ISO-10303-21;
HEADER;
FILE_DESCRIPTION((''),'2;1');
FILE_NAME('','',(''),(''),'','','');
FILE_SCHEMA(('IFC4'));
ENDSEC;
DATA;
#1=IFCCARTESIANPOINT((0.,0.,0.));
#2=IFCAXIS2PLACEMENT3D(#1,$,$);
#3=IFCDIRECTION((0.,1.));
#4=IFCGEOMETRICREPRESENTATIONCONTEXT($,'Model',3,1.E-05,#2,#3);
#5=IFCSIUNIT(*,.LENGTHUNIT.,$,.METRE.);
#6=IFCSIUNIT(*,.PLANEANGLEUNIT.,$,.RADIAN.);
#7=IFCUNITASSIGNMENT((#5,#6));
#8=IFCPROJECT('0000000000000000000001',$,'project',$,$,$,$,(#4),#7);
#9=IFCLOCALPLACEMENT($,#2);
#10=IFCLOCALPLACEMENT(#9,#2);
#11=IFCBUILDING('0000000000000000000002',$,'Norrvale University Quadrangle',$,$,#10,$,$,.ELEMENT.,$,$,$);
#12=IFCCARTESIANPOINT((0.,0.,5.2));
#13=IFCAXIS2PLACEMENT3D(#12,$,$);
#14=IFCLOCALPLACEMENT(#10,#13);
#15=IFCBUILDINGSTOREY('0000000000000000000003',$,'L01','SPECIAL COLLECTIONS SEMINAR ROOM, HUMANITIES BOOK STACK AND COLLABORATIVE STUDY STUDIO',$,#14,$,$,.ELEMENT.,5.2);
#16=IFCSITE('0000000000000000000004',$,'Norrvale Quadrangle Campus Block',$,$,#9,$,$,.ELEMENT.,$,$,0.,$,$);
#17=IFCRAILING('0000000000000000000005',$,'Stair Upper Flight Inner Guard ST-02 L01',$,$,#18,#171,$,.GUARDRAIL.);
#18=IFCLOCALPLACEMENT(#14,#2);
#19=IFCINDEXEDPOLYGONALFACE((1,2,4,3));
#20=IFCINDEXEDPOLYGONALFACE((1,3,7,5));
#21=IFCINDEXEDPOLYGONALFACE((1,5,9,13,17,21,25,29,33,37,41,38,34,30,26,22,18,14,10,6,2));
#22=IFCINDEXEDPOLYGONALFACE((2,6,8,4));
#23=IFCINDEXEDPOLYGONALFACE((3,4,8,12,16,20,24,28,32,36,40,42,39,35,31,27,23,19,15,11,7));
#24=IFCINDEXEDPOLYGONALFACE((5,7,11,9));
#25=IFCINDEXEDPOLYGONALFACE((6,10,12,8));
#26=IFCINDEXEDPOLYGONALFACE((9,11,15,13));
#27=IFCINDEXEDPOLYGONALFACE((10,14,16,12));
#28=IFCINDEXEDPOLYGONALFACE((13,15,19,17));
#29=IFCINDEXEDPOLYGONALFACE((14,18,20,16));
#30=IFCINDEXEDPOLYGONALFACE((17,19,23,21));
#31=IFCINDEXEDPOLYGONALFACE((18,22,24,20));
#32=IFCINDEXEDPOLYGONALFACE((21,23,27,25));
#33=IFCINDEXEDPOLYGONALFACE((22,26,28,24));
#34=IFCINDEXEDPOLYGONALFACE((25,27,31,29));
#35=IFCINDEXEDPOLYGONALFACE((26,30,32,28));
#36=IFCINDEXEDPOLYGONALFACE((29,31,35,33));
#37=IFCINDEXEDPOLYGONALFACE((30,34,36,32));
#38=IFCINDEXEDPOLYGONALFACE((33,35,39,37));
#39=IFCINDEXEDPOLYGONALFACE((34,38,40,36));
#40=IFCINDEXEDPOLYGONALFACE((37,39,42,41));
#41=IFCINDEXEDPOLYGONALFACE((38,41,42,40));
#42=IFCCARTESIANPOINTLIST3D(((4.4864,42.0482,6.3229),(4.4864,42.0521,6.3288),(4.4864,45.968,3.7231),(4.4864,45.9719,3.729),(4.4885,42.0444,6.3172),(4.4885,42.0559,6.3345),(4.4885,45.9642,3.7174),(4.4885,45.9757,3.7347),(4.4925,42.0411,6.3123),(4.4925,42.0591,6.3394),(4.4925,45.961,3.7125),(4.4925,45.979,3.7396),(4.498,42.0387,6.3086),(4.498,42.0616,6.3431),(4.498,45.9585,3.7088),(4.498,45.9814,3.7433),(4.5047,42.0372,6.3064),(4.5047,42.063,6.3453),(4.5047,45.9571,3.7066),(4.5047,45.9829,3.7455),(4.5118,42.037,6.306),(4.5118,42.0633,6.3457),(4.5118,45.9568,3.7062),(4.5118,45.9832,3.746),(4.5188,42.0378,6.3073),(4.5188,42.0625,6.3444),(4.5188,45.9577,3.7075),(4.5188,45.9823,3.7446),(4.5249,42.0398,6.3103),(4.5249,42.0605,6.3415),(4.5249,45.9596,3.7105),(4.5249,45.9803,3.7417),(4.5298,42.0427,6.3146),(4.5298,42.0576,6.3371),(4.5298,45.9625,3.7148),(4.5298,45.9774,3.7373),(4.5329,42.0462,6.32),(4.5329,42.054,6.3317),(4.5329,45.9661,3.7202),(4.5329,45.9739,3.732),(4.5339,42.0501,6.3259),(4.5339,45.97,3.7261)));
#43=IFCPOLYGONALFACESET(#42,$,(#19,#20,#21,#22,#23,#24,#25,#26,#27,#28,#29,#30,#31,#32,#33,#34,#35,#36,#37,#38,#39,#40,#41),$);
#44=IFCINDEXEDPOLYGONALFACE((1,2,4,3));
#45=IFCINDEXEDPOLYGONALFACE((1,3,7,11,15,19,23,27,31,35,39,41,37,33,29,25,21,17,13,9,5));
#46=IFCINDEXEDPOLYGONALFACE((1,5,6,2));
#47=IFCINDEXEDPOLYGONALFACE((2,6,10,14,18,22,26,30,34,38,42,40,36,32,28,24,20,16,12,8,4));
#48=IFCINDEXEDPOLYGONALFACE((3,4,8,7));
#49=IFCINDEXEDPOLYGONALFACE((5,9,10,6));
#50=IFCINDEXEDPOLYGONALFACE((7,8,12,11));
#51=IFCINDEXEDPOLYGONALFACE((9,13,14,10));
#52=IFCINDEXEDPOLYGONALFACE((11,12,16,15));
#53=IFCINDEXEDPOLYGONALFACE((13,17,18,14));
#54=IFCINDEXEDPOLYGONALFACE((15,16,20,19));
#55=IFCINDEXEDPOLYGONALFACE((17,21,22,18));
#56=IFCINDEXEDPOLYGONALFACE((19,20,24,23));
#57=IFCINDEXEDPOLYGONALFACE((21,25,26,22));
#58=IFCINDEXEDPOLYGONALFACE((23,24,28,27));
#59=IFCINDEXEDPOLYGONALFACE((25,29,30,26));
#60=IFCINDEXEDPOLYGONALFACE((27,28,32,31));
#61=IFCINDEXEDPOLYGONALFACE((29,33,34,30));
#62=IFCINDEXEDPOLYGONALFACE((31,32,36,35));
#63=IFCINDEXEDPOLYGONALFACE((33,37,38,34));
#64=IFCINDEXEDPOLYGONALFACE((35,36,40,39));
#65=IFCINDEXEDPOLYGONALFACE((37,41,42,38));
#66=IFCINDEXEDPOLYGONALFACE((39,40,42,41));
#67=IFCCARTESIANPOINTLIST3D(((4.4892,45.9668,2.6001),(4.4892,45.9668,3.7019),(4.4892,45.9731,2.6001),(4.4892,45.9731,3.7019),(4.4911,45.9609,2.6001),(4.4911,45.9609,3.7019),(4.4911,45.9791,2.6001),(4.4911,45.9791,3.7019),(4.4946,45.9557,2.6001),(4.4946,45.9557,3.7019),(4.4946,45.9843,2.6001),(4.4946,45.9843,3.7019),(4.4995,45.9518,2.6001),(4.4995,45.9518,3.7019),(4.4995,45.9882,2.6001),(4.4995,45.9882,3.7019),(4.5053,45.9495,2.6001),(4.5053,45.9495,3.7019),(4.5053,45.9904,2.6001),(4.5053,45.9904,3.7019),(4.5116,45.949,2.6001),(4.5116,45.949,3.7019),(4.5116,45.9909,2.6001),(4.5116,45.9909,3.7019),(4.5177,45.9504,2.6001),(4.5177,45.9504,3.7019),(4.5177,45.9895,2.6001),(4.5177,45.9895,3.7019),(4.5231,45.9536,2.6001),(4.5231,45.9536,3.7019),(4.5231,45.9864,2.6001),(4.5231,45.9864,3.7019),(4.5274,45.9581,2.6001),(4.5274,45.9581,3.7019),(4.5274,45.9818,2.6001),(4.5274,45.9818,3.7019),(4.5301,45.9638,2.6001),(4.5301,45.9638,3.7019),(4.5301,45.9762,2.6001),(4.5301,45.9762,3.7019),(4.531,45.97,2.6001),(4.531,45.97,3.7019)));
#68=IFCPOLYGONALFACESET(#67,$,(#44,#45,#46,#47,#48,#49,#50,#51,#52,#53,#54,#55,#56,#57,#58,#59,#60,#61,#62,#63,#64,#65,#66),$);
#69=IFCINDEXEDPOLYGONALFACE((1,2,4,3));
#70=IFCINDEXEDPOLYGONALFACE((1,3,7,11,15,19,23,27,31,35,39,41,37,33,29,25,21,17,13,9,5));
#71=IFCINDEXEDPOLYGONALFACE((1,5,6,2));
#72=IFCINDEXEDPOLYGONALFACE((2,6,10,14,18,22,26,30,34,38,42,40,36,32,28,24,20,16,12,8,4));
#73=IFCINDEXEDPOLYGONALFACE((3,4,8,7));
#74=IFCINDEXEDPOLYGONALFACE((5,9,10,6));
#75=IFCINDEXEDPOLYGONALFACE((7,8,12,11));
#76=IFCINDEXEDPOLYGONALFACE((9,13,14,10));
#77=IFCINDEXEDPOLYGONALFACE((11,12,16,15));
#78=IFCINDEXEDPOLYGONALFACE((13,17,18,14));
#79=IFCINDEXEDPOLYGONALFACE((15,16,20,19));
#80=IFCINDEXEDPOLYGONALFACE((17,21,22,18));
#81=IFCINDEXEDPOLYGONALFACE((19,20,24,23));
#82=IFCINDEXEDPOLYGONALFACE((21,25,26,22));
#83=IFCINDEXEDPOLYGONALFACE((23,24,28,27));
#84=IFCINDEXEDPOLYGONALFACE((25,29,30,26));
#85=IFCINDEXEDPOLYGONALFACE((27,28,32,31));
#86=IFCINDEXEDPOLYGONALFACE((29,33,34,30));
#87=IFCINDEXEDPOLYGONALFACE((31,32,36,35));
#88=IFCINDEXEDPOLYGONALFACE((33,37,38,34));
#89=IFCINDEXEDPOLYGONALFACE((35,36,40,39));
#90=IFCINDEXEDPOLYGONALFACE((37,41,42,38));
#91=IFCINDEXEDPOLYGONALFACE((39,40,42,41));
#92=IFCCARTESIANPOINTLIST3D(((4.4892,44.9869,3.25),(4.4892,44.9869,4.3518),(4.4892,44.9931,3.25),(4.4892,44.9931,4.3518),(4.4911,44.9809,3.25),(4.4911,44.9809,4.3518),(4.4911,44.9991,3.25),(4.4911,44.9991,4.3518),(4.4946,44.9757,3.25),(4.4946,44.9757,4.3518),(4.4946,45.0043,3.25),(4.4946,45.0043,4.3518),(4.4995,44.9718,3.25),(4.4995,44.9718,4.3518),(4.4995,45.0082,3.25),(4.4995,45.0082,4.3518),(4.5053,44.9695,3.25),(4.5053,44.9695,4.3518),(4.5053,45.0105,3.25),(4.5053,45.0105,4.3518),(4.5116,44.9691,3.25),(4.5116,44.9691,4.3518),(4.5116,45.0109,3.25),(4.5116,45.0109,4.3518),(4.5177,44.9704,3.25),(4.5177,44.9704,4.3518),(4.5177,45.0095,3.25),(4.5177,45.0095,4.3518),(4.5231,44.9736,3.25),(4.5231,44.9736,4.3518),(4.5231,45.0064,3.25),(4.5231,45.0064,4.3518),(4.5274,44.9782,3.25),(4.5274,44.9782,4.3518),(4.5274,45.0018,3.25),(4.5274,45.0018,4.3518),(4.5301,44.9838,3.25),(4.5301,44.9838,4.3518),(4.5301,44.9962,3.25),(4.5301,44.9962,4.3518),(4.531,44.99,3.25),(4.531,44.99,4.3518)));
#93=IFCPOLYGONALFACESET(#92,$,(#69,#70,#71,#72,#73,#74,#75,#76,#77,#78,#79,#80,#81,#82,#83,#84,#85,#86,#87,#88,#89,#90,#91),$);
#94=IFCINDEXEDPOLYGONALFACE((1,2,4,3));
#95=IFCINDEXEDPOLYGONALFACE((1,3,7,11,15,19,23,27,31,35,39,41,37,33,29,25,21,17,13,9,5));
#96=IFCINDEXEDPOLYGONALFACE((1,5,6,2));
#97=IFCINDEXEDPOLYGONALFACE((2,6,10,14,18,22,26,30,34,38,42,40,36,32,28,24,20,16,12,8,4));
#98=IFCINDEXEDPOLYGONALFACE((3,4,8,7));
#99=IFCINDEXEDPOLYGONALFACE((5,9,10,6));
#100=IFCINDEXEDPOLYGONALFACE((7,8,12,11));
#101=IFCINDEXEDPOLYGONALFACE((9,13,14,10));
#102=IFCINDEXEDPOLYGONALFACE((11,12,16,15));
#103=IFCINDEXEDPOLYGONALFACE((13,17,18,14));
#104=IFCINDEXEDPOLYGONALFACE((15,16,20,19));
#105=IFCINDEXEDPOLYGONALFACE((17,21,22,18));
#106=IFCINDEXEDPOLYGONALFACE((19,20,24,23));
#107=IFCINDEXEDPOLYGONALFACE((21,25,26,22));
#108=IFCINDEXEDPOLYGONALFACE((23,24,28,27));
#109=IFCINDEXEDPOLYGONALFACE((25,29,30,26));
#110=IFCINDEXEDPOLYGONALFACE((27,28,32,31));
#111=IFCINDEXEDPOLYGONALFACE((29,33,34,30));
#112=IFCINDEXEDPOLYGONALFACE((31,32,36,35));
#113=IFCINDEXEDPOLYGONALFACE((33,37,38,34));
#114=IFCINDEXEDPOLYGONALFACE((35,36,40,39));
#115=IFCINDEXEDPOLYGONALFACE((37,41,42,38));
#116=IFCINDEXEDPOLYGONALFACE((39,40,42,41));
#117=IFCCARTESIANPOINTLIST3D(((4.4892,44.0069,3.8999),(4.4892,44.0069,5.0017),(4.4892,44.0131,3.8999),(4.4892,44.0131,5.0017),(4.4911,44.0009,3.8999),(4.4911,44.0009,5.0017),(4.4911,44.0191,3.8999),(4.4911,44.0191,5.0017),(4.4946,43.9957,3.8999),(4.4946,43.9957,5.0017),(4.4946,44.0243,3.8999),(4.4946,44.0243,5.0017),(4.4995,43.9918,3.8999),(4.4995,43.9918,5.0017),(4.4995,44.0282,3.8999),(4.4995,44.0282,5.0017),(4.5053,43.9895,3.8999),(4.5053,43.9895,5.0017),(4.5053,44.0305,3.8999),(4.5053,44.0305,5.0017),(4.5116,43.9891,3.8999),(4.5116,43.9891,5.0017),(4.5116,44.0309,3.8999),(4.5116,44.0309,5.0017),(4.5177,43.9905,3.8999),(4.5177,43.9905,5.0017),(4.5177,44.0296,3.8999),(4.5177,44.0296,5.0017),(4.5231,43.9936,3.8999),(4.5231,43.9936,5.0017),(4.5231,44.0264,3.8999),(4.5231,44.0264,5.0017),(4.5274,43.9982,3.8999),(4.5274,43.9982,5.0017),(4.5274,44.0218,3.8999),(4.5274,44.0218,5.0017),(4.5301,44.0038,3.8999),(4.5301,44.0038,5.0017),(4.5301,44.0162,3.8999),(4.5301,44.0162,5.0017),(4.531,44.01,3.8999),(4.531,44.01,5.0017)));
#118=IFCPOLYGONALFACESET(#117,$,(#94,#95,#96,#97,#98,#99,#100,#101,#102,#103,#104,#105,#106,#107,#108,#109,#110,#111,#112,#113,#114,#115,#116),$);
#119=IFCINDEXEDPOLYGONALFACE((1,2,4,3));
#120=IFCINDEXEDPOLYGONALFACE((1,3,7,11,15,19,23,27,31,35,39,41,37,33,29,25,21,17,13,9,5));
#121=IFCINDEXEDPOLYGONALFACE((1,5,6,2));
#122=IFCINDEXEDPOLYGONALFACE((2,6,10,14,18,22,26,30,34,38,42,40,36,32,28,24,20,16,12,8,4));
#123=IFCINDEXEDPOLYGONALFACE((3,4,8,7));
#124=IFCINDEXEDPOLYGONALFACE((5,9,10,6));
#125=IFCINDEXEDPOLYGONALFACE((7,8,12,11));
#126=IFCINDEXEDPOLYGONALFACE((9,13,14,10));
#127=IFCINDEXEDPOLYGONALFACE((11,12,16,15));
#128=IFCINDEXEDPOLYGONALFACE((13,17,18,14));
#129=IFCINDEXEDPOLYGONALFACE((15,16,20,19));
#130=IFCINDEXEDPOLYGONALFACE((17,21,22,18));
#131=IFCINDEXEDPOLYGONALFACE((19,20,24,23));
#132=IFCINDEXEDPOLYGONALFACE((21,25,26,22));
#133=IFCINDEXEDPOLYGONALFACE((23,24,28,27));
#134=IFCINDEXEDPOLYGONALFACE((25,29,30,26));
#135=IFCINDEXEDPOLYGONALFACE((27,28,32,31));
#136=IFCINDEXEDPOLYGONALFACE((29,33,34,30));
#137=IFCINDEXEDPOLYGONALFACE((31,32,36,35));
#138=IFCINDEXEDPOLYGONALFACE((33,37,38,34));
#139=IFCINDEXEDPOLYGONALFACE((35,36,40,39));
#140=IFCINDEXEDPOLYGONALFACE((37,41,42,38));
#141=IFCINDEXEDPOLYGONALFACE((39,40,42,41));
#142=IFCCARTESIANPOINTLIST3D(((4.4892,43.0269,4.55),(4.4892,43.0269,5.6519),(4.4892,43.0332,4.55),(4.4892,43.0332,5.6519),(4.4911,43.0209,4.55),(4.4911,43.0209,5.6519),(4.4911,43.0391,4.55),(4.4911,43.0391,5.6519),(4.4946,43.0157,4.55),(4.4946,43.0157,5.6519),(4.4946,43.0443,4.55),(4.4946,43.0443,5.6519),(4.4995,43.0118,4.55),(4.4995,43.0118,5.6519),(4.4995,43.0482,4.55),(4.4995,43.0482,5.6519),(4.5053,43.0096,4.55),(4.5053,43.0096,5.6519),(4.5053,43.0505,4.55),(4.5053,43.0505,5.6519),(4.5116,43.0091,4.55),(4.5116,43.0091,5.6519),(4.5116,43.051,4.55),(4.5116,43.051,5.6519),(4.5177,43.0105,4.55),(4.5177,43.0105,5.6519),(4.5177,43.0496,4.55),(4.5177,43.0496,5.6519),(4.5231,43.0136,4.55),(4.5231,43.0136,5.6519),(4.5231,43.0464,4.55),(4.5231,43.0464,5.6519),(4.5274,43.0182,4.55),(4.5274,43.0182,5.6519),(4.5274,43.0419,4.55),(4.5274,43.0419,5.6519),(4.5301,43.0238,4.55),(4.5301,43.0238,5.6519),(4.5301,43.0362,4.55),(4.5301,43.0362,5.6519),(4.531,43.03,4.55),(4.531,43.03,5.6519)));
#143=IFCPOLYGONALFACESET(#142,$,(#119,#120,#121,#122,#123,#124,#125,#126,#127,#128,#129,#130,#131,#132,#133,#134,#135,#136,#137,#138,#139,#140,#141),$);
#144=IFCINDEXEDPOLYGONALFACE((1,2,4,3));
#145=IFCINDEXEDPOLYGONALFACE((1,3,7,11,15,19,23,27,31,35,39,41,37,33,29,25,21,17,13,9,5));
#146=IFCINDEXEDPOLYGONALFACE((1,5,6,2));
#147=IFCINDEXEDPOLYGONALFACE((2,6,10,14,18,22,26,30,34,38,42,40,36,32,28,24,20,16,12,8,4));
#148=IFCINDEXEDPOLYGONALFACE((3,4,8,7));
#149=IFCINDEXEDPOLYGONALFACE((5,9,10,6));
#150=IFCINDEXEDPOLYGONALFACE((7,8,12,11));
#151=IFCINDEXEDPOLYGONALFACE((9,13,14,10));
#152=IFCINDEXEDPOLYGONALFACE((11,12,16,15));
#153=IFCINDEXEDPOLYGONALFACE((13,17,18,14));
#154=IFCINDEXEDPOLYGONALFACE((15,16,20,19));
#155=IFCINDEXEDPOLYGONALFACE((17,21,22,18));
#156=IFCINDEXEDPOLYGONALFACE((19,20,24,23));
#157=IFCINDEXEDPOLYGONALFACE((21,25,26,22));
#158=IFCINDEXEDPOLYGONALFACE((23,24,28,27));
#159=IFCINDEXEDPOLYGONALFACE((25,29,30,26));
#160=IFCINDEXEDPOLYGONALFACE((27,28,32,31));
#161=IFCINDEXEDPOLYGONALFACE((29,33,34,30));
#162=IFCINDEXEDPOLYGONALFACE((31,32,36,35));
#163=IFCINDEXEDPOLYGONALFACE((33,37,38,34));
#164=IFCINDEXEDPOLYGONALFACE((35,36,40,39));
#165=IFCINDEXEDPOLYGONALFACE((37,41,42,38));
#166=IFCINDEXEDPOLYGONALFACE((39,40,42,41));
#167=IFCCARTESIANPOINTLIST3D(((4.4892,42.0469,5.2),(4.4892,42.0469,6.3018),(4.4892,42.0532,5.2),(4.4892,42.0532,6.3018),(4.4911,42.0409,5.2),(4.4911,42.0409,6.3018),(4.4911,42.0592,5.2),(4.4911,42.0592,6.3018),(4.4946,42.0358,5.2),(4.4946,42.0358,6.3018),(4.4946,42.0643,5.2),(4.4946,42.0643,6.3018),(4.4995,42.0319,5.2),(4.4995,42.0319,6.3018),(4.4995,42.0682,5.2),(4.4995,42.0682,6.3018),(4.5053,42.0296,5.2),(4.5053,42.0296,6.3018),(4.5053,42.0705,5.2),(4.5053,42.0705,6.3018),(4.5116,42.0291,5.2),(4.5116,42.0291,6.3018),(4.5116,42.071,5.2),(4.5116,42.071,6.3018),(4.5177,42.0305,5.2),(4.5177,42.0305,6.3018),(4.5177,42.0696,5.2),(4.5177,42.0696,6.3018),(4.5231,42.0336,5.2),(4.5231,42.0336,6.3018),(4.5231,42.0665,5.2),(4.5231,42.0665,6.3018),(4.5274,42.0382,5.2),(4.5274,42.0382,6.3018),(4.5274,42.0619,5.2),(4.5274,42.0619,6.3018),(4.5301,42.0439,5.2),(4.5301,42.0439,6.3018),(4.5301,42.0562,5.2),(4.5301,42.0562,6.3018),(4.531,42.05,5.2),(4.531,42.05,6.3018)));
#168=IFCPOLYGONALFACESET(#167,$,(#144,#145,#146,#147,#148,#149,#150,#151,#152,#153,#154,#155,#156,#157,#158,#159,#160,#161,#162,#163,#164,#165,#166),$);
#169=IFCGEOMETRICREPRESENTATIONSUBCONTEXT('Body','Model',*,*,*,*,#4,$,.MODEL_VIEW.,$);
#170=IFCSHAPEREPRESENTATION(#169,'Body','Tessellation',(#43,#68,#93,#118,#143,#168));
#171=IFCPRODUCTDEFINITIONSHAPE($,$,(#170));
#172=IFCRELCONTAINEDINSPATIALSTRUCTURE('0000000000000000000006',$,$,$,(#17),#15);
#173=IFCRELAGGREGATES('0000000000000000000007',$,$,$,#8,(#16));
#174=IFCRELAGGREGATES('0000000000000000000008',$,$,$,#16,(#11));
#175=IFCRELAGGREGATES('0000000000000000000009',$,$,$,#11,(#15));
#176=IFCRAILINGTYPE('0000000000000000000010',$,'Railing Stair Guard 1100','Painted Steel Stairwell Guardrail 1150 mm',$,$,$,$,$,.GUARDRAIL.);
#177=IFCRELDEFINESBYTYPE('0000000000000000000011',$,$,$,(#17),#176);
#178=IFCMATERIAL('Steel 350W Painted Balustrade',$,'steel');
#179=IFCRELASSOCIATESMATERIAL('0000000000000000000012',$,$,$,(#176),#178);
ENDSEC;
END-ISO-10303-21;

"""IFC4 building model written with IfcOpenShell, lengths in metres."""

from ifc_helpers import new_model, si_unit, direction, frame, origin, origin_2d, place, context, subcontext, project, spatial, circle, extrude, material, type_object, element, save


model = new_model("IFC4")

# Units and contexts
model_context = context("Model", 3, precision=1e-05, world=origin(), true_north=direction((0.0, 1.0)))
body_context = subcontext(model_context, "Body", "Model", "MODEL_VIEW")
ifc_project = project(units=[si_unit("LENGTHUNIT", "METRE"), si_unit("PLANEANGLEUNIT", "RADIAN")], contexts=[model_context])

# Site, building, storey
site_placement = place(None, origin())
site = spatial("IfcSite", under=ifc_project, at=site_placement, Name="Norrvale Quadrangle Campus Block", CompositionType="ELEMENT", RefElevation=0.0)
building_placement = place(site_placement, origin())
building = spatial("IfcBuilding", under=site, at=building_placement, Name="Norrvale University Quadrangle", CompositionType="ELEMENT")
storey_placement = place(building_placement, frame((0.0, 0.0, 5.2)))
storey = spatial("IfcBuildingStorey", under=building, at=storey_placement, Name="L01", Description="SPECIAL COLLECTIONS SEMINAR ROOM, HUMANITIES BOOK STACK AND COLLABORATIVE STUDY STUDIO", CompositionType="ELEMENT", Elevation=5.2)

# Railing
ifc_material_1 = material(Name="Steel 350W Painted Balustrade", Category="steel")
railing_type_1 = type_object("IfcRailingType", Name="Railing Stair Guard 1100", Description="Painted Steel Stairwell Guardrail 1150 mm", PredefinedType="GUARDRAIL", material=ifc_material_1)
railing_1_placement = place(storey_placement, frame((4.51, 45.97, 2.6001)))
element("IfcRailing", 1, at=railing_1_placement, inside=storey, type_object=railing_type_1, Name="Stair Upper Flight Inner Guard ST-02 L01", PredefinedType="GUARDRAIL", context=body_context, shape_type="SweptSolid", body=[
    extrude(circle(Radius=0.0239, at=origin_2d()), frame((0.0, 0.0, 1.126), z_axis=(0.0, -0.833366, 0.552722), x_axis=(1.0, 0.0, 0.0)), (0.0, 0.0, 1.0), 4.7036),
    extrude(circle(Radius=0.021, at=origin_2d()), origin(), (0.0, 0.0, 1.0), 1.1018),
    extrude(circle(Radius=0.021, at=origin_2d()), frame((0.0, -0.98, 0.6499)), (0.0, 0.0, 1.0), 1.1018),
    extrude(circle(Radius=0.021, at=origin_2d()), frame((0.0, -1.96, 1.2998)), (0.0, 0.0, 1.0), 1.1018),
    extrude(circle(Radius=0.021, at=origin_2d()), frame((0.0, -2.9399, 1.95)), (0.0, 0.0, 1.0), 1.1018),
    extrude(circle(Radius=0.021, at=origin_2d()), frame((0.0, -3.9199, 2.5999)), (0.0, 0.0, 1.0), 1.1018),
])

save(model, "model.ifc")
